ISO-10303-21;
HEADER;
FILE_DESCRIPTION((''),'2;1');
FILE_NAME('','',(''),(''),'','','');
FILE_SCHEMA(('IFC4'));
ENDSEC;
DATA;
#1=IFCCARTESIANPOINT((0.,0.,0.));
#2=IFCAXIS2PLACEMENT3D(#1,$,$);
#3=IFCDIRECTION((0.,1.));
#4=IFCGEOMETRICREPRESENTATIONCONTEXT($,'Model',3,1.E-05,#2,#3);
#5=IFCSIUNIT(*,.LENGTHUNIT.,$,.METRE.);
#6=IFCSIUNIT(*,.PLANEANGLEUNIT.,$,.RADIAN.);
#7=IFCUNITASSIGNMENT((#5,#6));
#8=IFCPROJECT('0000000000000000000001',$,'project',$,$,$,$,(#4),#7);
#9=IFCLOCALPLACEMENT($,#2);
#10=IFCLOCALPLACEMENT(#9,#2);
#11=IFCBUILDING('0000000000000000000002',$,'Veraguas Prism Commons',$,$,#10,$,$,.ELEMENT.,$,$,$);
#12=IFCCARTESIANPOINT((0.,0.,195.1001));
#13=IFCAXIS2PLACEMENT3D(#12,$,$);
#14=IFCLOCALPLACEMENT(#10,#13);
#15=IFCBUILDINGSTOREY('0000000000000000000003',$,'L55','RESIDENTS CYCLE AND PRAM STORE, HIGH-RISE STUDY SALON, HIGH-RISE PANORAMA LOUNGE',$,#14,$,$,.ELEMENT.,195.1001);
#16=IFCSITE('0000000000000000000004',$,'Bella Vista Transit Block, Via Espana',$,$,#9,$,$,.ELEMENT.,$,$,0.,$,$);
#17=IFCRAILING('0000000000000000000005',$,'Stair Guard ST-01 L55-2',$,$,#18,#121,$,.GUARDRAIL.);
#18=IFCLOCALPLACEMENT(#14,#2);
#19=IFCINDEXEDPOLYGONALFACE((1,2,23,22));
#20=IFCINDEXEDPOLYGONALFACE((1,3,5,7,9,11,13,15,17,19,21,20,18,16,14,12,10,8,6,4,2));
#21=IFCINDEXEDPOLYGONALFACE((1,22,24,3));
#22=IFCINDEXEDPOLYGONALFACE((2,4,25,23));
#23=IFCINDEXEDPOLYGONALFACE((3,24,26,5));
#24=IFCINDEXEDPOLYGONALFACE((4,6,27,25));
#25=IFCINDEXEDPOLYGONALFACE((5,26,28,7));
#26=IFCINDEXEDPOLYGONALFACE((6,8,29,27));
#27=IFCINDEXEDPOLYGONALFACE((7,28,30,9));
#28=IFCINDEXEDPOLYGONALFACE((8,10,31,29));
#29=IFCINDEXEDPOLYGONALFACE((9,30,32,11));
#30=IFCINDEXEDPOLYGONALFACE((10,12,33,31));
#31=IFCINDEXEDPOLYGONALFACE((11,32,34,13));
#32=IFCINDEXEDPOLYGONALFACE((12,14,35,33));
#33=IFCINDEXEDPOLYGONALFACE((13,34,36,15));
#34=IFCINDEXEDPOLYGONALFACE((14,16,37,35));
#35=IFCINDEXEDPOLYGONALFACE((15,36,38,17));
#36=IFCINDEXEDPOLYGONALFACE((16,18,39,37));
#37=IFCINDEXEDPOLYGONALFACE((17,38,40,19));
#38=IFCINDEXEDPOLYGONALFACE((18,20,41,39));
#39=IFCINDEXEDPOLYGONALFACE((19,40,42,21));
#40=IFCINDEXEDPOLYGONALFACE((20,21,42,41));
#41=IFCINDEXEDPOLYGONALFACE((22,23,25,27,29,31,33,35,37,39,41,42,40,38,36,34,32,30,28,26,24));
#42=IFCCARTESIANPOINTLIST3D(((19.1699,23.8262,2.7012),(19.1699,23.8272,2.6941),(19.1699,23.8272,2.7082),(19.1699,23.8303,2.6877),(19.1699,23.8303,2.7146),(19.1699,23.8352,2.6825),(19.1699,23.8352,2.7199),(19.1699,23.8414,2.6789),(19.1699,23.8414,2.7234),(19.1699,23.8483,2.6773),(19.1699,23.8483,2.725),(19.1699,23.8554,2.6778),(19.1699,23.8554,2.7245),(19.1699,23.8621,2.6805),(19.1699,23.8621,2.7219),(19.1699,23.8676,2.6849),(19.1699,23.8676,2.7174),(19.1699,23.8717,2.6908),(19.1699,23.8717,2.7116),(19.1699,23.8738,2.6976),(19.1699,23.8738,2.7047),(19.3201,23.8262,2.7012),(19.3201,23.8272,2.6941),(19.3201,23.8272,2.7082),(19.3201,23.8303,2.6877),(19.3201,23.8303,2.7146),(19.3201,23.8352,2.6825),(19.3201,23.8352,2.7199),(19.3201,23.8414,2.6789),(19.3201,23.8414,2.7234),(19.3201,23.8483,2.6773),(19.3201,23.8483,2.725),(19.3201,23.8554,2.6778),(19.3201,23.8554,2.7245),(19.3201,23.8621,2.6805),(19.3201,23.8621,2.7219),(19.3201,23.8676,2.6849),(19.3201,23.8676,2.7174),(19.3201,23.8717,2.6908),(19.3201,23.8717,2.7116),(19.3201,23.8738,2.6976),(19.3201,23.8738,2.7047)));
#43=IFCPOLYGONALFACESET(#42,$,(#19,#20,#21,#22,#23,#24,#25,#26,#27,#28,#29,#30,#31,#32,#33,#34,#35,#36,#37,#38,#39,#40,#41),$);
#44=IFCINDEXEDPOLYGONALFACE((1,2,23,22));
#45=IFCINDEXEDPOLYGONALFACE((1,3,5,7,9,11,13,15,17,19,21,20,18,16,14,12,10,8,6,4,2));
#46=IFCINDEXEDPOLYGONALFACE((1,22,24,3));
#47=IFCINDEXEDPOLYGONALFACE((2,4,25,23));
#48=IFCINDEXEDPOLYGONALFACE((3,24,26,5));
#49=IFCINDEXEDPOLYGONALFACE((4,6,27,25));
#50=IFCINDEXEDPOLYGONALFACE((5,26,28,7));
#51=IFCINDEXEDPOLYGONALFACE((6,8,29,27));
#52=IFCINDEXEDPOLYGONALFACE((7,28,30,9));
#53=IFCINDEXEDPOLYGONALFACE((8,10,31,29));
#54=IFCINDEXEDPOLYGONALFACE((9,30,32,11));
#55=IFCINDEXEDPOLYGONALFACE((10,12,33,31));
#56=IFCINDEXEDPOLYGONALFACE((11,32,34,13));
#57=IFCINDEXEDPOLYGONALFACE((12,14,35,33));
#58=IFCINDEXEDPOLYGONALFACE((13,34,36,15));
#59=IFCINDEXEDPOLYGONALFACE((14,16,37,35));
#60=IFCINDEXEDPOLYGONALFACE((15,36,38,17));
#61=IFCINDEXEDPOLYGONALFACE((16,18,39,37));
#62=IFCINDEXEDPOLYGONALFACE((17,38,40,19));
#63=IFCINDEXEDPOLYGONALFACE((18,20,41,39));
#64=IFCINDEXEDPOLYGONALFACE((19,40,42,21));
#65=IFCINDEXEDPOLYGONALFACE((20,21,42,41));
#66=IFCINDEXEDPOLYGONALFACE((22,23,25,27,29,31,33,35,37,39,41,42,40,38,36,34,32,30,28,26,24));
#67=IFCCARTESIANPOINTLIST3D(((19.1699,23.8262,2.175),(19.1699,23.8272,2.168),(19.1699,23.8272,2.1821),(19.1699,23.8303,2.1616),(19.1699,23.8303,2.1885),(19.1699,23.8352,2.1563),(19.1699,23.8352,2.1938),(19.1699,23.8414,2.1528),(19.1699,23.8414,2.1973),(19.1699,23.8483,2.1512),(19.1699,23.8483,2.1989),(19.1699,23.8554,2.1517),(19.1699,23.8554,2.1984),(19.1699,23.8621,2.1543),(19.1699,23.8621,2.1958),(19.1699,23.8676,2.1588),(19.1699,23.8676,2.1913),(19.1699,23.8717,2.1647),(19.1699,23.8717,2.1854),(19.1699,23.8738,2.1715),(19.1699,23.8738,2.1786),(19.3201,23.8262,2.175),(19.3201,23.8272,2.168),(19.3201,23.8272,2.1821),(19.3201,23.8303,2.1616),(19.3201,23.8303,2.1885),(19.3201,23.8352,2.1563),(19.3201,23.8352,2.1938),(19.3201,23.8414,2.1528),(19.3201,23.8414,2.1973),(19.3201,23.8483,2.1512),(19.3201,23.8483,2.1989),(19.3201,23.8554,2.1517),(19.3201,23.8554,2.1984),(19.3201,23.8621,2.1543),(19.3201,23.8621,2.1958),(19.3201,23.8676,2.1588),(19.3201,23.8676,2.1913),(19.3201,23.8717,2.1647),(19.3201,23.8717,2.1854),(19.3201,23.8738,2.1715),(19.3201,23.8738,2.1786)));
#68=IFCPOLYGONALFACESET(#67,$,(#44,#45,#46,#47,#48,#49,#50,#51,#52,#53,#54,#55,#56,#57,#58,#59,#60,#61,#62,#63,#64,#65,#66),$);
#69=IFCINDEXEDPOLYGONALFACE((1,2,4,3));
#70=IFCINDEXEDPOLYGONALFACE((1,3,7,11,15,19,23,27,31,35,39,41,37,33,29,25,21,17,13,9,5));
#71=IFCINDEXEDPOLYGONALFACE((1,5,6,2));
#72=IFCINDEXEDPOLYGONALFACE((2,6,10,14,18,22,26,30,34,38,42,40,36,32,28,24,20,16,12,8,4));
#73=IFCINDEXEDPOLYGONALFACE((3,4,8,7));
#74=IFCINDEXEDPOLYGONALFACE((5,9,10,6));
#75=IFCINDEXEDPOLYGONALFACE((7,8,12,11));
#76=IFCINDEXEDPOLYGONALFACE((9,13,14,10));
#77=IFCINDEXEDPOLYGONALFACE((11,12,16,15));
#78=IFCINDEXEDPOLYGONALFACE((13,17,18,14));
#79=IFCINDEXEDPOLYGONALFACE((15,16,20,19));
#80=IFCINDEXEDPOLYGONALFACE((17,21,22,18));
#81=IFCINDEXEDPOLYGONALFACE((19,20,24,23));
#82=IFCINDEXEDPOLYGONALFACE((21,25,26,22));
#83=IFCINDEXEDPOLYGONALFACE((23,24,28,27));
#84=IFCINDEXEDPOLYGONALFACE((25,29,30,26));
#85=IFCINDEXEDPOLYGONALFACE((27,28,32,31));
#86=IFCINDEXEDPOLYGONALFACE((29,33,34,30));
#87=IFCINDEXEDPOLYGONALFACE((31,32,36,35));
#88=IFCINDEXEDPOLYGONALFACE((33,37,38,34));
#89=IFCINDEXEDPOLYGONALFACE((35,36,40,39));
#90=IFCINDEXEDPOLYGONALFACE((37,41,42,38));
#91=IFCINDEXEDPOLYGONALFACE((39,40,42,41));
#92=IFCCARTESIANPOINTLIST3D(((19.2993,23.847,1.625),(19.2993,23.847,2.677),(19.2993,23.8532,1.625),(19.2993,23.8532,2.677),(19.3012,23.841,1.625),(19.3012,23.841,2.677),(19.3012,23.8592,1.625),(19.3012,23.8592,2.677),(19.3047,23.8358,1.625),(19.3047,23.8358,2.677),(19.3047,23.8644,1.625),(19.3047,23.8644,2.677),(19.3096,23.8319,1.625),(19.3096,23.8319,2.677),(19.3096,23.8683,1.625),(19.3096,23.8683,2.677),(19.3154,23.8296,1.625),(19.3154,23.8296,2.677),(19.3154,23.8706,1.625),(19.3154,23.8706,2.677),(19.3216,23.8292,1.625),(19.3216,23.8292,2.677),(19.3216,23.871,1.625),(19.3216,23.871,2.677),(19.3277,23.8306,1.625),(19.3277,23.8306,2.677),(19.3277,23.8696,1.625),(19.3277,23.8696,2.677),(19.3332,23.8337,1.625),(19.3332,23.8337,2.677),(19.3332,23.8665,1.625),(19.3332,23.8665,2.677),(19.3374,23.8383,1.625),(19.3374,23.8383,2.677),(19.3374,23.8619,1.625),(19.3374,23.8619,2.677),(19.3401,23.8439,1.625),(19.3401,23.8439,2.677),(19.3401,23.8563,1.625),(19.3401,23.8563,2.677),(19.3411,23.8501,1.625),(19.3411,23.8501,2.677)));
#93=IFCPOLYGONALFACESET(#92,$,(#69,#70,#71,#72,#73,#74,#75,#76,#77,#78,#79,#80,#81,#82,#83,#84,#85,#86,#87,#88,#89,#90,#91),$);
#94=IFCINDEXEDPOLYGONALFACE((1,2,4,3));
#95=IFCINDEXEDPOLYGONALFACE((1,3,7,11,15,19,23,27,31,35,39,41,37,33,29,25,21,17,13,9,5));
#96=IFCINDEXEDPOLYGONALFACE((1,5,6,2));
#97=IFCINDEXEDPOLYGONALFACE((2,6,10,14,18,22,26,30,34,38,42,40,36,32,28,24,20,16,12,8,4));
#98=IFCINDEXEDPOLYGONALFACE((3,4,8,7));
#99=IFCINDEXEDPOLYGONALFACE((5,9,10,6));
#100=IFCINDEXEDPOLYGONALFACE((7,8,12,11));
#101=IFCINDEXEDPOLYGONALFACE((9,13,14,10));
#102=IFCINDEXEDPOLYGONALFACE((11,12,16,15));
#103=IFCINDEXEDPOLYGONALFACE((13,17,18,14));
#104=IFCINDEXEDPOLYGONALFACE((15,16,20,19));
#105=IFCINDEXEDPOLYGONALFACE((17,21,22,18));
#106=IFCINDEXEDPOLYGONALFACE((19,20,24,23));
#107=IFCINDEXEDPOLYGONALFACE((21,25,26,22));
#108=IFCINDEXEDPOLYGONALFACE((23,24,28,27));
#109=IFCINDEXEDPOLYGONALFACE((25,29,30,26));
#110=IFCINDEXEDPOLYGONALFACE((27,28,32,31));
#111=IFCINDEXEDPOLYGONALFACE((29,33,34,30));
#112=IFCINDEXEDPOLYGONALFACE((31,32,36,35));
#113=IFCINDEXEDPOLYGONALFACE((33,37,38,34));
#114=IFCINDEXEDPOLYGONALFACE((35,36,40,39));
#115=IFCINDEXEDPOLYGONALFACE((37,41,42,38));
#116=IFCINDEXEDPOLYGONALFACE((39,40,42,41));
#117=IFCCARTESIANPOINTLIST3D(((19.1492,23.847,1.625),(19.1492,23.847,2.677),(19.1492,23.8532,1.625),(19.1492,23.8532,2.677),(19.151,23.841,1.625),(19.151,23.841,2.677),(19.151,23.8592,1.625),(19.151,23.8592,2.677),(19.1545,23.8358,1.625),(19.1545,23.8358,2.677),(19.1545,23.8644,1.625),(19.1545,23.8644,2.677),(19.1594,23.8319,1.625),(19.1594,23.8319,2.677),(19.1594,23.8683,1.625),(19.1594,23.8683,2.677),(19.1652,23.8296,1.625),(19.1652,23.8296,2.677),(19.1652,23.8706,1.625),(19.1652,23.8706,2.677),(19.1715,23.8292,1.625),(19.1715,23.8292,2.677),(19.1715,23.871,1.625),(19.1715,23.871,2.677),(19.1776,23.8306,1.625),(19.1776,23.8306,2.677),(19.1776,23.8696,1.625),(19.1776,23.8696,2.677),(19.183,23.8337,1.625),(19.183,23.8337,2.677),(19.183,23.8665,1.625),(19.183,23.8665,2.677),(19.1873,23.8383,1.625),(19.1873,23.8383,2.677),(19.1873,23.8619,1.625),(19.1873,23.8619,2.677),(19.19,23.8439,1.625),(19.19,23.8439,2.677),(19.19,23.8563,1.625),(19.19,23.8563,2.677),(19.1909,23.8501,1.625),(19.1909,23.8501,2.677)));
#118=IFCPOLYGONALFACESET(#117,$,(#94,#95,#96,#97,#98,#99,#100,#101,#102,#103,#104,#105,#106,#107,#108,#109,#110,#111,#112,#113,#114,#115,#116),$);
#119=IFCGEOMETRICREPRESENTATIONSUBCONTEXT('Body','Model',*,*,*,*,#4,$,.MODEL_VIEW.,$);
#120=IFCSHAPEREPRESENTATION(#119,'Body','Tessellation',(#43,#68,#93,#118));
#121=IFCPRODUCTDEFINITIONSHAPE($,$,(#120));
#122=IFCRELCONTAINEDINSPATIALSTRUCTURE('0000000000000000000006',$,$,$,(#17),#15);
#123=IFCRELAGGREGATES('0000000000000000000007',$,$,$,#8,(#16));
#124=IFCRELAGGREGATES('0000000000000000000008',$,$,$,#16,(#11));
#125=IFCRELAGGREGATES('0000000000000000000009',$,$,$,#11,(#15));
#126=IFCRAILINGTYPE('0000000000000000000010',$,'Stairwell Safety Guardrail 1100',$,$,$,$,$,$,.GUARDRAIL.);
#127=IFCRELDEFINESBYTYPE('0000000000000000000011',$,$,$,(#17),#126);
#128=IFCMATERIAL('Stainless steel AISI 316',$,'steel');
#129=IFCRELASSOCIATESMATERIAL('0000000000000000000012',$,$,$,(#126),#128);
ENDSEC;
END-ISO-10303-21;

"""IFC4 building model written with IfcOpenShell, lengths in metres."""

from ifc_helpers import new_model, si_unit, direction, frame, origin, origin_2d, place, context, subcontext, project, spatial, circle, extrude, material, type_object, element, save


model = new_model("IFC4")

# Units and contexts
model_context = context("Model", 3, precision=1e-05, world=origin(), true_north=direction((0.0, 1.0)))
body_context = subcontext(model_context, "Body", "Model", "MODEL_VIEW")
ifc_project = project(units=[si_unit("LENGTHUNIT", "METRE"), si_unit("PLANEANGLEUNIT", "RADIAN")], contexts=[model_context])

# Site, building, storey
site_placement = place(None, origin())
site = spatial("IfcSite", under=ifc_project, at=site_placement, Name="Bella Vista Transit Block, Via Espana", CompositionType="ELEMENT", RefElevation=0.0)
building_placement = place(site_placement, origin())
building = spatial("IfcBuilding", under=site, at=building_placement, Name="Veraguas Prism Commons", CompositionType="ELEMENT")
storey_placement = place(building_placement, frame((0.0, 0.0, 195.1001)))
storey = spatial("IfcBuildingStorey", under=building, at=storey_placement, Name="L55", Description="RESIDENTS CYCLE AND PRAM STORE, HIGH-RISE STUDY SALON, HIGH-RISE PANORAMA LOUNGE", CompositionType="ELEMENT", Elevation=195.1001)

# Railing
ifc_material_1 = material(Name="Stainless steel AISI 316", Category="steel")
railing_type_1 = type_object("IfcRailingType", Name="Stairwell Safety Guardrail 1100", PredefinedType="GUARDRAIL", material=ifc_material_1)
railing_1_placement = place(storey_placement, frame((19.3201, 23.8501, 1.625)))
element("IfcRailing", 1, at=railing_1_placement, inside=storey, type_object=railing_type_1, Name="Stair Guard ST-01 L55-2", PredefinedType="GUARDRAIL", context=body_context, shape_type="SweptSolid", body=[
    extrude(circle(Radius=0.0239, at=origin_2d()), frame((0.0, 0.0, 1.0762), z_axis=(-1.0, 0.0, 0.0), x_axis=(0.0, -1.0, 0.0)), (0.0, 0.0, 1.0), 0.1501),
    extrude(circle(Radius=0.0239, at=origin_2d()), frame((0.0, 0.0, 0.55), z_axis=(-1.0, 0.0, 0.0), x_axis=(0.0, -1.0, 0.0)), (0.0, 0.0, 1.0), 0.1501),
    extrude(circle(Radius=0.021, at=origin_2d()), origin(), (0.0, 0.0, 1.0), 1.052),
    extrude(circle(Radius=0.021, at=origin_2d()), frame((-0.1501, 0.0, 0.0)), (0.0, 0.0, 1.0), 1.052),
])

save(model, "model.ifc")
